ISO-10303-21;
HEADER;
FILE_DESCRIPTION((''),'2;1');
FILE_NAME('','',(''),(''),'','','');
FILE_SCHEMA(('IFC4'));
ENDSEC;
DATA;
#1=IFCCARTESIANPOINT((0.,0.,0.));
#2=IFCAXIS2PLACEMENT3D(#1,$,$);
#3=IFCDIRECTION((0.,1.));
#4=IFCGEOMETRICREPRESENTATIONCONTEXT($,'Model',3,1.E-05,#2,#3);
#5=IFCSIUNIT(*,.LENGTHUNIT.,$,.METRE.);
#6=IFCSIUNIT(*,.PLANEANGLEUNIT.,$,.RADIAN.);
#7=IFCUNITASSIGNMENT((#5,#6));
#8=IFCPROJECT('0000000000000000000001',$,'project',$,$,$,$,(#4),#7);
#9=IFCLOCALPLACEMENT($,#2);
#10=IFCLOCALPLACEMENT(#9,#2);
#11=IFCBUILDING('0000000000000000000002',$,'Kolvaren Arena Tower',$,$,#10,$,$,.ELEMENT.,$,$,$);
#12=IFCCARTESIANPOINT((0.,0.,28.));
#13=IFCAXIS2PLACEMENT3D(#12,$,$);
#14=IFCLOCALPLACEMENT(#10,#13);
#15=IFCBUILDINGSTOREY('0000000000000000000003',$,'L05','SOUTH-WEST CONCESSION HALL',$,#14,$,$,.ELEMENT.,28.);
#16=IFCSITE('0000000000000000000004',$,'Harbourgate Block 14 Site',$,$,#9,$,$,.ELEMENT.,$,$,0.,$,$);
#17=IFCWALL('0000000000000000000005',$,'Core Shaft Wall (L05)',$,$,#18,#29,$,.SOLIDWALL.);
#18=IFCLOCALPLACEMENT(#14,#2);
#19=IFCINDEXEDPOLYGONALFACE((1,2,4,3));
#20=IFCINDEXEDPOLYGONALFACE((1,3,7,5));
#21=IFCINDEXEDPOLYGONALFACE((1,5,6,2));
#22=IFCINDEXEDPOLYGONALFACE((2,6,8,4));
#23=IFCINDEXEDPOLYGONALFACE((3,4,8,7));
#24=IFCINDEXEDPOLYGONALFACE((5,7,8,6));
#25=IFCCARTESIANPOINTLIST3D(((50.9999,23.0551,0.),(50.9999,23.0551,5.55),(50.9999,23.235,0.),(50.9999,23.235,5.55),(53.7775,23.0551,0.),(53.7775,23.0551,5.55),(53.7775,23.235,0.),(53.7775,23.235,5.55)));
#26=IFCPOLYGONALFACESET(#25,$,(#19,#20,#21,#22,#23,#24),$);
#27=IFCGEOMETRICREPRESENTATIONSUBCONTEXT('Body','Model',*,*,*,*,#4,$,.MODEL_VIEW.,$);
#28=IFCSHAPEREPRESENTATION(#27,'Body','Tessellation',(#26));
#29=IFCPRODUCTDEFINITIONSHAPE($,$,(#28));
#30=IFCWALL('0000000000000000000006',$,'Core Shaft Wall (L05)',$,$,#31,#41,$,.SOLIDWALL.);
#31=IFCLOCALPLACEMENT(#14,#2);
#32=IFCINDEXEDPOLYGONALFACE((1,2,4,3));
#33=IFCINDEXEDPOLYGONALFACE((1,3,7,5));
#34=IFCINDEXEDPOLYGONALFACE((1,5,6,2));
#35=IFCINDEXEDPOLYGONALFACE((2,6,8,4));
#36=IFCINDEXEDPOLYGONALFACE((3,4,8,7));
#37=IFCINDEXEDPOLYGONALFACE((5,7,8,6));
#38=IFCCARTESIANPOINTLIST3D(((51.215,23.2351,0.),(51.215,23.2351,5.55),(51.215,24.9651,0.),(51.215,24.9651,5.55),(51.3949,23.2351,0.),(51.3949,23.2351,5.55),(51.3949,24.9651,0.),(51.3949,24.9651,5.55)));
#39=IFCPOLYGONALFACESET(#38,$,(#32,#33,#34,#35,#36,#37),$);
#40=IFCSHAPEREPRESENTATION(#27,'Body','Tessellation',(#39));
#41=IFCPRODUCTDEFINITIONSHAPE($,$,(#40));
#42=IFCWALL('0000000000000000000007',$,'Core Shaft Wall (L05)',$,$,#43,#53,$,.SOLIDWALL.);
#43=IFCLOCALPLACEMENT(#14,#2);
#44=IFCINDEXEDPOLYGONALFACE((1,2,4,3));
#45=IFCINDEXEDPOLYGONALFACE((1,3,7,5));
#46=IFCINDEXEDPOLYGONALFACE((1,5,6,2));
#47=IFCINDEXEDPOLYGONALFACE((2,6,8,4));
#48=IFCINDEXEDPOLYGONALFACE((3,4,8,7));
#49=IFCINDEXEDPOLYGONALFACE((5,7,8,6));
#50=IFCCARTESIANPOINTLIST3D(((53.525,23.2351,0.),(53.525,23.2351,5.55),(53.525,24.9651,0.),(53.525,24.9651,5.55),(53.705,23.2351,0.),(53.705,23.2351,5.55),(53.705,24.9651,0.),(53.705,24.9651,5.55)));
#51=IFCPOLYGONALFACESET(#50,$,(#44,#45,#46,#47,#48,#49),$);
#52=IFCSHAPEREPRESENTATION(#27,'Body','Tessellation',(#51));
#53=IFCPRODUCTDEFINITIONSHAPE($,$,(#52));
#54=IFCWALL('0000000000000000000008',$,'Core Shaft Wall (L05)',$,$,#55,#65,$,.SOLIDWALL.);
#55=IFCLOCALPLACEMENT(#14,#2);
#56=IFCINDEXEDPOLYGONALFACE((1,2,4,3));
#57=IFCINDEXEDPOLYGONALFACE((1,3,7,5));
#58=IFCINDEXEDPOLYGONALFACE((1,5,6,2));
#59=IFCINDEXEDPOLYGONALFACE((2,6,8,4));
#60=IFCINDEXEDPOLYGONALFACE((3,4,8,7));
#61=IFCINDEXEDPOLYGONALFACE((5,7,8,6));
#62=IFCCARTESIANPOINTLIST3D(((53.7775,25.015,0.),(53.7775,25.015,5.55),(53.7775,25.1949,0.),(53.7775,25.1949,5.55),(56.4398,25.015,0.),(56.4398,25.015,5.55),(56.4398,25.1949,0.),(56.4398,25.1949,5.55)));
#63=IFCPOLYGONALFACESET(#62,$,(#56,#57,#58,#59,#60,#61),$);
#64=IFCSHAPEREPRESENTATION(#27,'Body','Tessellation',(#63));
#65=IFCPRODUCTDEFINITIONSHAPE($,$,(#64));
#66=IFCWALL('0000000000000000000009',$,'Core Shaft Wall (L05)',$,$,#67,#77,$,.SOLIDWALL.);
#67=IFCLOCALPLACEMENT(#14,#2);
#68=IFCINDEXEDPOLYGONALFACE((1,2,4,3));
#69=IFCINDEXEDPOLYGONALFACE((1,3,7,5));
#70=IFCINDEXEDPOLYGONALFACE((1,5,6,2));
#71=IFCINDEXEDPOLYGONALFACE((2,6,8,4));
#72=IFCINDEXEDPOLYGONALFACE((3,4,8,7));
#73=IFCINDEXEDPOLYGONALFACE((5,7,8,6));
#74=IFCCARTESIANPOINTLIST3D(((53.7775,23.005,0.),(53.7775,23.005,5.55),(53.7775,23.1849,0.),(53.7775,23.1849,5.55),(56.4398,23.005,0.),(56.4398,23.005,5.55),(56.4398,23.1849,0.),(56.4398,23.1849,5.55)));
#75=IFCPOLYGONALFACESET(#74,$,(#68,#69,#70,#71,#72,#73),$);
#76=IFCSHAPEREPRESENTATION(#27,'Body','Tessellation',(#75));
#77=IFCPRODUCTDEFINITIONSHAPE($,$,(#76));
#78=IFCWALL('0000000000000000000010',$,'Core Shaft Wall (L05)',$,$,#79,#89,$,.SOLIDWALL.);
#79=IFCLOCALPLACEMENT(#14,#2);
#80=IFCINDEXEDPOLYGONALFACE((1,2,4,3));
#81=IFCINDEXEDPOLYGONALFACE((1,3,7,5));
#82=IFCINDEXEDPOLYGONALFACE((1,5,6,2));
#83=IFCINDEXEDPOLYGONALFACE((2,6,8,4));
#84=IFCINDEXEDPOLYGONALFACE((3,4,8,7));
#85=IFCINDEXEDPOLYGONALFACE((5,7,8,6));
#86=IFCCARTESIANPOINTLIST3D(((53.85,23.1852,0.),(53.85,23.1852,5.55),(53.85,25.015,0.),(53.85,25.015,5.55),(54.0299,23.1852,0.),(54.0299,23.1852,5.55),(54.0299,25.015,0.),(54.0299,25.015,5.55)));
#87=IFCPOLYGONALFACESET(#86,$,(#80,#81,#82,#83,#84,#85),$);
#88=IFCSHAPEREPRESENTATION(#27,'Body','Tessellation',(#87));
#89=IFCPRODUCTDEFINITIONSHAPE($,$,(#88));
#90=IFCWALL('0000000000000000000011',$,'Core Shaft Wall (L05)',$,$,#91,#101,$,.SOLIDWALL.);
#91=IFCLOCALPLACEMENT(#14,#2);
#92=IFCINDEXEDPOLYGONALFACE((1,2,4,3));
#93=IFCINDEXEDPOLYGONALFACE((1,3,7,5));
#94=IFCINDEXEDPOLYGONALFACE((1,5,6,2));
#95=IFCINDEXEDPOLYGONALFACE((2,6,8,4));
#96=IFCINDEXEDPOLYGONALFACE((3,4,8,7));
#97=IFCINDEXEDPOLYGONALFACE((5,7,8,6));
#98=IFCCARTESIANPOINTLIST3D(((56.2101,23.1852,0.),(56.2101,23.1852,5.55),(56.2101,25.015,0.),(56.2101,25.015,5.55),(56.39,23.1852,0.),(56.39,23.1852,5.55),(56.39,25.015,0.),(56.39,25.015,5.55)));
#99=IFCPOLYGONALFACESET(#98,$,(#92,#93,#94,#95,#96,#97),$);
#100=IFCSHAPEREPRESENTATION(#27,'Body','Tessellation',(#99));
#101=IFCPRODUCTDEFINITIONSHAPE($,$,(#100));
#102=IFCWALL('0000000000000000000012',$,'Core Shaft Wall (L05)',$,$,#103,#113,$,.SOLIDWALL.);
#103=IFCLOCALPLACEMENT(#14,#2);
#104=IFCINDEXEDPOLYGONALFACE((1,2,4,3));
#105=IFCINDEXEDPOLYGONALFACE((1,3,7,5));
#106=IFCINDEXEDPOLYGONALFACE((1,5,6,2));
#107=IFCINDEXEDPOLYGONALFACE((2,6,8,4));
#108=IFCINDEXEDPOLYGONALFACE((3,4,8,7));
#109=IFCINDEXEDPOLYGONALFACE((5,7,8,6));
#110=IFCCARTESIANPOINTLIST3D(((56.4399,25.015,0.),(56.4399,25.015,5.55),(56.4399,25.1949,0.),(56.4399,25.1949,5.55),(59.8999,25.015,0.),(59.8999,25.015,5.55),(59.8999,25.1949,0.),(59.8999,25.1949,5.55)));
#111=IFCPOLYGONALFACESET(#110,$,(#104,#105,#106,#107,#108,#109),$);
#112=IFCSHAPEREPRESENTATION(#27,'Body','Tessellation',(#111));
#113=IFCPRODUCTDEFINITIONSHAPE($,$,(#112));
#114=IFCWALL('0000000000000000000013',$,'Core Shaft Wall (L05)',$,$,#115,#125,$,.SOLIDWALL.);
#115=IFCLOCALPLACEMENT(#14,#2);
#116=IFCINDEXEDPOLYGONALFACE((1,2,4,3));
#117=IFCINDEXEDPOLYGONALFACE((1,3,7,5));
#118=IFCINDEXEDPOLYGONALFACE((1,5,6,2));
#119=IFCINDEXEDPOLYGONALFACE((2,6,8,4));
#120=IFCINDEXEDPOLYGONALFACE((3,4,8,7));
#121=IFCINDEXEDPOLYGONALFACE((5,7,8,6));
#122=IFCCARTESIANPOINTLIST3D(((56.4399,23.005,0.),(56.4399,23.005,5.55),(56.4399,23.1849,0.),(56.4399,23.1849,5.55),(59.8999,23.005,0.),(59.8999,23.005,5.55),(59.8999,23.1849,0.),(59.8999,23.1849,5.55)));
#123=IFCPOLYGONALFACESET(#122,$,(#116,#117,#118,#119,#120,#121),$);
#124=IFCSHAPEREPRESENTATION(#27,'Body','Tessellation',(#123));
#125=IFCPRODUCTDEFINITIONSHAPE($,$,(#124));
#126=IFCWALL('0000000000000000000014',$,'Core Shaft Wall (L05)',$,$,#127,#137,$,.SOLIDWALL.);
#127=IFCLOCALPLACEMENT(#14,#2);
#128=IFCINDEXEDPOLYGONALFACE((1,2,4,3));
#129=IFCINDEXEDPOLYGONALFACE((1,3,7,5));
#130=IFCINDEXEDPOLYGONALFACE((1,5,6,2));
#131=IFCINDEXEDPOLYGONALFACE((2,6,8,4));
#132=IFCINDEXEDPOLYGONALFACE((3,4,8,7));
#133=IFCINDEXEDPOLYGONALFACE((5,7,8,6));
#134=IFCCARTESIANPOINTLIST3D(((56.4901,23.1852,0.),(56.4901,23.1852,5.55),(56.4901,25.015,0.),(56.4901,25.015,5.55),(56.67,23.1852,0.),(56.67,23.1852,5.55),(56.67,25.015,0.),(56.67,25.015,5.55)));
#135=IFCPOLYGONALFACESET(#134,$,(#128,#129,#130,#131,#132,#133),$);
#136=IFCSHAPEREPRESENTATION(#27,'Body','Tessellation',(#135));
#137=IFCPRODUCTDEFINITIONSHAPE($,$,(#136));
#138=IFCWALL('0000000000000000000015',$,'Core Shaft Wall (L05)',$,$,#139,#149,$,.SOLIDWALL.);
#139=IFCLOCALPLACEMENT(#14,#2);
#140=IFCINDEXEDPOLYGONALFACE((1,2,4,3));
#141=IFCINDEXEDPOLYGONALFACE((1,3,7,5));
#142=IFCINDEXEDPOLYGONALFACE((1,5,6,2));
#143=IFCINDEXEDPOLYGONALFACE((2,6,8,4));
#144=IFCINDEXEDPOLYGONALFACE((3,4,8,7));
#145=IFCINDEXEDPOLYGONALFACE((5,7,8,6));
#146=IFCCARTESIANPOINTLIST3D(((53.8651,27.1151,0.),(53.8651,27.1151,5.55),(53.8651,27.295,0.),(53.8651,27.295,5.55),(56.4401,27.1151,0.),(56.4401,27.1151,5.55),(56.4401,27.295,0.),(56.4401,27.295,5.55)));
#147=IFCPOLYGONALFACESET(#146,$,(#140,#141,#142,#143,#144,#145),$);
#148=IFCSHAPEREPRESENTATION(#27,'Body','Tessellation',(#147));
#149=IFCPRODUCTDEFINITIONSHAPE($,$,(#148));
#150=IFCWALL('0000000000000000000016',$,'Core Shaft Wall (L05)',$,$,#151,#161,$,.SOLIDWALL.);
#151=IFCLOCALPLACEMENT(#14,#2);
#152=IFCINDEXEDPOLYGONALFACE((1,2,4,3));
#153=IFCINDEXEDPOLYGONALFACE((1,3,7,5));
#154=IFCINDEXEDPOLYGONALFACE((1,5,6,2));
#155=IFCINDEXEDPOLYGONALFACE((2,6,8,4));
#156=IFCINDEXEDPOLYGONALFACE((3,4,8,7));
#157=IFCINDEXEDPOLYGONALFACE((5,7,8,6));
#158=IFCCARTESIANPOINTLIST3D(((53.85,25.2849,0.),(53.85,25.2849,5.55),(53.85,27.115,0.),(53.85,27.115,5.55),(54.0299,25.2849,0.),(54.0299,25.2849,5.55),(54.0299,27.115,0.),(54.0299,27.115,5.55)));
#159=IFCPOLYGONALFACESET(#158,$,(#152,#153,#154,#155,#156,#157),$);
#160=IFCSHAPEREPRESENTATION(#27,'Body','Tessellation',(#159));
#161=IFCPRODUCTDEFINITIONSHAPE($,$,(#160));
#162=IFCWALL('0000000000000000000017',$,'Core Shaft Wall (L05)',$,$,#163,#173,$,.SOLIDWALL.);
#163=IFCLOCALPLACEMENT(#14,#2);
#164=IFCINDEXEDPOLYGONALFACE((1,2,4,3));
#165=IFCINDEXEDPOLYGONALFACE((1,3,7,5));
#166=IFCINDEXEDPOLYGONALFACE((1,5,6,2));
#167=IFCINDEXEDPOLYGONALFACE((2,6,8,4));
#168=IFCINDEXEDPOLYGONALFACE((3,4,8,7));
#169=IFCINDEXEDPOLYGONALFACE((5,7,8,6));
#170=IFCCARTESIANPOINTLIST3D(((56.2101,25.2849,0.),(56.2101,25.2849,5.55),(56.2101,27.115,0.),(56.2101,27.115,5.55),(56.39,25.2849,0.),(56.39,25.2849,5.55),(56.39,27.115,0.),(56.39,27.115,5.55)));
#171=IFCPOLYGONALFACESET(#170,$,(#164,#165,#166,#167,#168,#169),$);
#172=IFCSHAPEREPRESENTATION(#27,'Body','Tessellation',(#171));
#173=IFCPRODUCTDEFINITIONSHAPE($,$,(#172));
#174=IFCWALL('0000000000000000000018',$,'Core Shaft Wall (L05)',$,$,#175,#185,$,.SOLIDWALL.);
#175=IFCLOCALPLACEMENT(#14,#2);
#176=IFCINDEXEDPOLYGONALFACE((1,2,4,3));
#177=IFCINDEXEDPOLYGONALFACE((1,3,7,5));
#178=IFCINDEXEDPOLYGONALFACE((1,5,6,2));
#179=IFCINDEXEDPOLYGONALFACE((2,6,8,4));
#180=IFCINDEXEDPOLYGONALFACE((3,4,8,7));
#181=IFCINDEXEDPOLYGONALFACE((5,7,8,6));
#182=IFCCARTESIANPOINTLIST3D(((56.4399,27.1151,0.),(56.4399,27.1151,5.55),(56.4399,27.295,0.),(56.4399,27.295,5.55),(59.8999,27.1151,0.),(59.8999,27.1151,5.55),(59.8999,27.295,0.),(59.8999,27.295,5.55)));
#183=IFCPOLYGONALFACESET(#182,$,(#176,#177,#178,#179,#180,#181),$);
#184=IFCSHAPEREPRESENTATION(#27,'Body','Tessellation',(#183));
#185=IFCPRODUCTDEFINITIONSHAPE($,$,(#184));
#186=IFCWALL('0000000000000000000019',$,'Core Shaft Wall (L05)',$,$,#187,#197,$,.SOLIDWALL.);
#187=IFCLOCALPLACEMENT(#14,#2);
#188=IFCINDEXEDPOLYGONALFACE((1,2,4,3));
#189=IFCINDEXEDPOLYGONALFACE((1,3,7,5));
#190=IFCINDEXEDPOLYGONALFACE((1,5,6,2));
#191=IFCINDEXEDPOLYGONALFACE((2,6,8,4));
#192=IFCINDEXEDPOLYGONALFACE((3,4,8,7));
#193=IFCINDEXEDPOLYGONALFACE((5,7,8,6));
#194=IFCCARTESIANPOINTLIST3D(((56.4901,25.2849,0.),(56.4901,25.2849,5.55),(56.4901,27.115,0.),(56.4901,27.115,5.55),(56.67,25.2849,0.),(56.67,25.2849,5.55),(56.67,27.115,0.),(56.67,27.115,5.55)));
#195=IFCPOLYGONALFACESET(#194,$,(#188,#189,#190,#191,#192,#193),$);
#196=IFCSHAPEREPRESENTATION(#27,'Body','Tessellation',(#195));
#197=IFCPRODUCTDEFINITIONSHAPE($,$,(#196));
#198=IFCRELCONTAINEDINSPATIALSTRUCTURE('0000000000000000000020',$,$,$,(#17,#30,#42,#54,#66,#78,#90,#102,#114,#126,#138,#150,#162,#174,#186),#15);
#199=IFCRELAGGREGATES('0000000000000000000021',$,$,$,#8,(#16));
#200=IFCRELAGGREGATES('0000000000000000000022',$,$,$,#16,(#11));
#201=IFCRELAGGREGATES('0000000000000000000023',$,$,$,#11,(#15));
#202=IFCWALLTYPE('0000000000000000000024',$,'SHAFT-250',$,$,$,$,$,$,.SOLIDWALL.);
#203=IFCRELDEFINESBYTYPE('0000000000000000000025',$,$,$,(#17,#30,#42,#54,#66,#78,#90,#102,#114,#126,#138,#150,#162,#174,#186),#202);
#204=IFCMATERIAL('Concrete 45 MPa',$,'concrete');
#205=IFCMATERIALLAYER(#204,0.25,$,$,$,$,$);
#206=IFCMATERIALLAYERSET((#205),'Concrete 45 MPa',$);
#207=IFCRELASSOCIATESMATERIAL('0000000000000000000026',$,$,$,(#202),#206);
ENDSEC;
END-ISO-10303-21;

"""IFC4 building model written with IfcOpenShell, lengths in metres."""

from ifc_helpers import new_model, si_unit, direction, frame, frame_2d, origin, place, context, subcontext, project, spatial, rectangle, extrude, material, layer, layer_set, type_object, element, save


model = new_model("IFC4")

# Units and contexts
model_context = context("Model", 3, precision=1e-05, world=origin(), true_north=direction((0.0, 1.0)))
body_context = subcontext(model_context, "Body", "Model", "MODEL_VIEW")
ifc_project = project(units=[si_unit("LENGTHUNIT", "METRE"), si_unit("PLANEANGLEUNIT", "RADIAN")], contexts=[model_context])

# Site, building, storey
site_placement = place(None, origin())
site = spatial("IfcSite", under=ifc_project, at=site_placement, Name="Harbourgate Block 14 Site", CompositionType="ELEMENT", RefElevation=0.0)
building_placement = place(site_placement, origin())
building = spatial("IfcBuilding", under=site, at=building_placement, Name="Kolvaren Arena Tower", CompositionType="ELEMENT")
storey_placement = place(building_placement, frame((0.0, 0.0, 28.0)))
storey = spatial("IfcBuildingStorey", under=building, at=storey_placement, Name="L05", Description="SOUTH-WEST CONCESSION HALL", CompositionType="ELEMENT", Elevation=28.0)

# Walls
ifc_material_1 = material(Name="Concrete 45 MPa", Category="concrete")
ifc_layer_1 = layer(ifc_material_1, 0.25)
ifc_layer_set_1 = layer_set([ifc_layer_1], Name="Concrete 45 MPa")
wall_type_1 = type_object("IfcWallType", Name="SHAFT-250", PredefinedType="SOLIDWALL", material=ifc_layer_set_1)
for number, where, z_axis, x_axis, name in (
    (1, (51.0, 23.145, 0.0), (0.0, 0.0, 1.0), (1.0, 0.0, 0.0), "Core Shaft Wall (L05)"),
):
    element("IfcWall", number, at=place(storey_placement, frame(where, z_axis=z_axis, x_axis=x_axis)), inside=storey, type_object=wall_type_1, Name=name, PredefinedType="SOLIDWALL", context=body_context, shape_type="SweptSolid", body=[
        extrude(rectangle(XDim=2.7776, YDim=0.1799, at=frame_2d((1.3887, 0.0))), origin(), (0.0, 0.0, 1.0), 5.55),
    ])
for number, where, z_axis, x_axis, name in (
    (2, (51.3049, 23.2351, 0.0), (0.0, 0.0, 1.0), (0.0, 1.0, 0.0), "Core Shaft Wall (L05)"),
    (3, (53.615, 23.2351, 0.0), (0.0, 0.0, 1.0), (0.0, 1.0, 0.0), "Core Shaft Wall (L05)"),
):
    element("IfcWall", number, at=place(storey_placement, frame(where, z_axis=z_axis, x_axis=x_axis)), inside=storey, type_object=wall_type_1, Name=name, PredefinedType="SOLIDWALL", context=body_context, shape_type="SweptSolid", body=[
        extrude(rectangle(XDim=1.73, YDim=0.1799, at=frame_2d((0.865, 0.0))), origin(), (0.0, 0.0, 1.0), 5.55),
    ])
for number, where, z_axis, x_axis, name in (
    (4, (53.7776, 25.105, 0.0), (0.0, 0.0, 1.0), (1.0, 0.0, 0.0), "Core Shaft Wall (L05)"),
    (5, (53.7776, 23.095, 0.0), (0.0, 0.0, 1.0), (1.0, 0.0, 0.0), "Core Shaft Wall (L05)"),
):
    element("IfcWall", number, at=place(storey_placement, frame(where, z_axis=z_axis, x_axis=x_axis)), inside=storey, type_object=wall_type_1, Name=name, PredefinedType="SOLIDWALL", context=body_context, shape_type="SweptSolid", body=[
        extrude(rectangle(XDim=2.6624, YDim=0.1799, at=frame_2d((1.3311, 0.0))), origin(), (0.0, 0.0, 1.0), 5.55),
    ])
for number, where, z_axis, x_axis, name in (
    (6, (53.9399, 23.1851, 0.0), (0.0, 0.0, 1.0), (0.0, 1.0, 0.0), "Core Shaft Wall (L05)"),
    (7, (56.3, 23.1851, 0.0), (0.0, 0.0, 1.0), (0.0, 1.0, 0.0), "Core Shaft Wall (L05)"),
):
    element("IfcWall", number, at=place(storey_placement, frame(where, z_axis=z_axis, x_axis=x_axis)), inside=storey, type_object=wall_type_1, Name=name, PredefinedType="SOLIDWALL", context=body_context, shape_type="SweptSolid", body=[
        extrude(rectangle(XDim=1.8298, YDim=0.1799, at=frame_2d((0.915, 0.0))), origin(), (0.0, 0.0, 1.0), 5.55),
    ])
for number, where, z_axis, x_axis, name in (
    (8, (56.4399, 25.105, 0.0), (0.0, 0.0, 1.0), (1.0, 0.0, 0.0), "Core Shaft Wall (L05)"),
    (9, (56.4399, 23.095, 0.0), (0.0, 0.0, 1.0), (1.0, 0.0, 0.0), "Core Shaft Wall (L05)"),
):
    element("IfcWall", number, at=place(storey_placement, frame(where, z_axis=z_axis, x_axis=x_axis)), inside=storey, type_object=wall_type_1, Name=name, PredefinedType="SOLIDWALL", context=body_context, shape_type="SweptSolid", body=[
        extrude(rectangle(XDim=3.46, YDim=0.1799, at=frame_2d((1.73, 0.0))), origin(), (0.0, 0.0, 1.0), 5.55),
    ])
wall_1_placement = place(storey_placement, frame((56.5801, 23.1851, 0.0), z_axis=(0.0, 0.0, 1.0), x_axis=(0.0, 1.0, 0.0)))
element("IfcWall", 10, at=wall_1_placement, inside=storey, type_object=wall_type_1, Name="Core Shaft Wall (L05)", PredefinedType="SOLIDWALL", context=body_context, shape_type="SweptSolid", body=[
    extrude(rectangle(XDim=1.8298, YDim=0.1799, at=frame_2d((0.915, 0.0))), origin(), (0.0, 0.0, 1.0), 5.55),
])
wall_2_placement = place(storey_placement, frame((53.865, 27.2051, 0.0), z_axis=(0.0, 0.0, 1.0), x_axis=(1.0, 0.0, 0.0)))
element("IfcWall", 11, at=wall_2_placement, inside=storey, type_object=wall_type_1, Name="Core Shaft Wall (L05)", PredefinedType="SOLIDWALL", context=body_context, shape_type="SweptSolid", body=[
    extrude(rectangle(XDim=2.575, YDim=0.1799, at=frame_2d((1.2876, 0.0))), origin(), (0.0, 0.0, 1.0), 5.55),
])
for number, where, z_axis, x_axis, name in (
    (12, (53.9399, 25.2849, 0.0), (0.0, 0.0, 1.0), (0.0, 1.0, 0.0), "Core Shaft Wall (L05)"),
    (13, (56.3, 25.2849, 0.0), (0.0, 0.0, 1.0), (0.0, 1.0, 0.0), "Core Shaft Wall (L05)"),
):
    element("IfcWall", number, at=place(storey_placement, frame(where, z_axis=z_axis, x_axis=x_axis)), inside=storey, type_object=wall_type_1, Name=name, PredefinedType="SOLIDWALL", context=body_context, shape_type="SweptSolid", body=[
        extrude(rectangle(XDim=1.8301, YDim=0.1799, at=frame_2d((0.915, 0.0))), origin(), (0.0, 0.0, 1.0), 5.55),
    ])
wall_3_placement = place(storey_placement, frame((56.4399, 27.2051, 0.0), z_axis=(0.0, 0.0, 1.0), x_axis=(1.0, 0.0, 0.0)))
element("IfcWall", 14, at=wall_3_placement, inside=storey, type_object=wall_type_1, Name="Core Shaft Wall (L05)", PredefinedType="SOLIDWALL", context=body_context, shape_type="SweptSolid", body=[
    extrude(rectangle(XDim=3.46, YDim=0.1799, at=frame_2d((1.73, 0.0))), origin(), (0.0, 0.0, 1.0), 5.55),
])
wall_4_placement = place(storey_placement, frame((56.5801, 25.2849, 0.0), z_axis=(0.0, 0.0, 1.0), x_axis=(0.0, 1.0, 0.0)))
element("IfcWall", 15, at=wall_4_placement, inside=storey, type_object=wall_type_1, Name="Core Shaft Wall (L05)", PredefinedType="SOLIDWALL", context=body_context, shape_type="SweptSolid", body=[
    extrude(rectangle(XDim=1.8301, YDim=0.1799, at=frame_2d((0.915, 0.0))), origin(), (0.0, 0.0, 1.0), 5.55),
])

save(model, "model.ifc")
